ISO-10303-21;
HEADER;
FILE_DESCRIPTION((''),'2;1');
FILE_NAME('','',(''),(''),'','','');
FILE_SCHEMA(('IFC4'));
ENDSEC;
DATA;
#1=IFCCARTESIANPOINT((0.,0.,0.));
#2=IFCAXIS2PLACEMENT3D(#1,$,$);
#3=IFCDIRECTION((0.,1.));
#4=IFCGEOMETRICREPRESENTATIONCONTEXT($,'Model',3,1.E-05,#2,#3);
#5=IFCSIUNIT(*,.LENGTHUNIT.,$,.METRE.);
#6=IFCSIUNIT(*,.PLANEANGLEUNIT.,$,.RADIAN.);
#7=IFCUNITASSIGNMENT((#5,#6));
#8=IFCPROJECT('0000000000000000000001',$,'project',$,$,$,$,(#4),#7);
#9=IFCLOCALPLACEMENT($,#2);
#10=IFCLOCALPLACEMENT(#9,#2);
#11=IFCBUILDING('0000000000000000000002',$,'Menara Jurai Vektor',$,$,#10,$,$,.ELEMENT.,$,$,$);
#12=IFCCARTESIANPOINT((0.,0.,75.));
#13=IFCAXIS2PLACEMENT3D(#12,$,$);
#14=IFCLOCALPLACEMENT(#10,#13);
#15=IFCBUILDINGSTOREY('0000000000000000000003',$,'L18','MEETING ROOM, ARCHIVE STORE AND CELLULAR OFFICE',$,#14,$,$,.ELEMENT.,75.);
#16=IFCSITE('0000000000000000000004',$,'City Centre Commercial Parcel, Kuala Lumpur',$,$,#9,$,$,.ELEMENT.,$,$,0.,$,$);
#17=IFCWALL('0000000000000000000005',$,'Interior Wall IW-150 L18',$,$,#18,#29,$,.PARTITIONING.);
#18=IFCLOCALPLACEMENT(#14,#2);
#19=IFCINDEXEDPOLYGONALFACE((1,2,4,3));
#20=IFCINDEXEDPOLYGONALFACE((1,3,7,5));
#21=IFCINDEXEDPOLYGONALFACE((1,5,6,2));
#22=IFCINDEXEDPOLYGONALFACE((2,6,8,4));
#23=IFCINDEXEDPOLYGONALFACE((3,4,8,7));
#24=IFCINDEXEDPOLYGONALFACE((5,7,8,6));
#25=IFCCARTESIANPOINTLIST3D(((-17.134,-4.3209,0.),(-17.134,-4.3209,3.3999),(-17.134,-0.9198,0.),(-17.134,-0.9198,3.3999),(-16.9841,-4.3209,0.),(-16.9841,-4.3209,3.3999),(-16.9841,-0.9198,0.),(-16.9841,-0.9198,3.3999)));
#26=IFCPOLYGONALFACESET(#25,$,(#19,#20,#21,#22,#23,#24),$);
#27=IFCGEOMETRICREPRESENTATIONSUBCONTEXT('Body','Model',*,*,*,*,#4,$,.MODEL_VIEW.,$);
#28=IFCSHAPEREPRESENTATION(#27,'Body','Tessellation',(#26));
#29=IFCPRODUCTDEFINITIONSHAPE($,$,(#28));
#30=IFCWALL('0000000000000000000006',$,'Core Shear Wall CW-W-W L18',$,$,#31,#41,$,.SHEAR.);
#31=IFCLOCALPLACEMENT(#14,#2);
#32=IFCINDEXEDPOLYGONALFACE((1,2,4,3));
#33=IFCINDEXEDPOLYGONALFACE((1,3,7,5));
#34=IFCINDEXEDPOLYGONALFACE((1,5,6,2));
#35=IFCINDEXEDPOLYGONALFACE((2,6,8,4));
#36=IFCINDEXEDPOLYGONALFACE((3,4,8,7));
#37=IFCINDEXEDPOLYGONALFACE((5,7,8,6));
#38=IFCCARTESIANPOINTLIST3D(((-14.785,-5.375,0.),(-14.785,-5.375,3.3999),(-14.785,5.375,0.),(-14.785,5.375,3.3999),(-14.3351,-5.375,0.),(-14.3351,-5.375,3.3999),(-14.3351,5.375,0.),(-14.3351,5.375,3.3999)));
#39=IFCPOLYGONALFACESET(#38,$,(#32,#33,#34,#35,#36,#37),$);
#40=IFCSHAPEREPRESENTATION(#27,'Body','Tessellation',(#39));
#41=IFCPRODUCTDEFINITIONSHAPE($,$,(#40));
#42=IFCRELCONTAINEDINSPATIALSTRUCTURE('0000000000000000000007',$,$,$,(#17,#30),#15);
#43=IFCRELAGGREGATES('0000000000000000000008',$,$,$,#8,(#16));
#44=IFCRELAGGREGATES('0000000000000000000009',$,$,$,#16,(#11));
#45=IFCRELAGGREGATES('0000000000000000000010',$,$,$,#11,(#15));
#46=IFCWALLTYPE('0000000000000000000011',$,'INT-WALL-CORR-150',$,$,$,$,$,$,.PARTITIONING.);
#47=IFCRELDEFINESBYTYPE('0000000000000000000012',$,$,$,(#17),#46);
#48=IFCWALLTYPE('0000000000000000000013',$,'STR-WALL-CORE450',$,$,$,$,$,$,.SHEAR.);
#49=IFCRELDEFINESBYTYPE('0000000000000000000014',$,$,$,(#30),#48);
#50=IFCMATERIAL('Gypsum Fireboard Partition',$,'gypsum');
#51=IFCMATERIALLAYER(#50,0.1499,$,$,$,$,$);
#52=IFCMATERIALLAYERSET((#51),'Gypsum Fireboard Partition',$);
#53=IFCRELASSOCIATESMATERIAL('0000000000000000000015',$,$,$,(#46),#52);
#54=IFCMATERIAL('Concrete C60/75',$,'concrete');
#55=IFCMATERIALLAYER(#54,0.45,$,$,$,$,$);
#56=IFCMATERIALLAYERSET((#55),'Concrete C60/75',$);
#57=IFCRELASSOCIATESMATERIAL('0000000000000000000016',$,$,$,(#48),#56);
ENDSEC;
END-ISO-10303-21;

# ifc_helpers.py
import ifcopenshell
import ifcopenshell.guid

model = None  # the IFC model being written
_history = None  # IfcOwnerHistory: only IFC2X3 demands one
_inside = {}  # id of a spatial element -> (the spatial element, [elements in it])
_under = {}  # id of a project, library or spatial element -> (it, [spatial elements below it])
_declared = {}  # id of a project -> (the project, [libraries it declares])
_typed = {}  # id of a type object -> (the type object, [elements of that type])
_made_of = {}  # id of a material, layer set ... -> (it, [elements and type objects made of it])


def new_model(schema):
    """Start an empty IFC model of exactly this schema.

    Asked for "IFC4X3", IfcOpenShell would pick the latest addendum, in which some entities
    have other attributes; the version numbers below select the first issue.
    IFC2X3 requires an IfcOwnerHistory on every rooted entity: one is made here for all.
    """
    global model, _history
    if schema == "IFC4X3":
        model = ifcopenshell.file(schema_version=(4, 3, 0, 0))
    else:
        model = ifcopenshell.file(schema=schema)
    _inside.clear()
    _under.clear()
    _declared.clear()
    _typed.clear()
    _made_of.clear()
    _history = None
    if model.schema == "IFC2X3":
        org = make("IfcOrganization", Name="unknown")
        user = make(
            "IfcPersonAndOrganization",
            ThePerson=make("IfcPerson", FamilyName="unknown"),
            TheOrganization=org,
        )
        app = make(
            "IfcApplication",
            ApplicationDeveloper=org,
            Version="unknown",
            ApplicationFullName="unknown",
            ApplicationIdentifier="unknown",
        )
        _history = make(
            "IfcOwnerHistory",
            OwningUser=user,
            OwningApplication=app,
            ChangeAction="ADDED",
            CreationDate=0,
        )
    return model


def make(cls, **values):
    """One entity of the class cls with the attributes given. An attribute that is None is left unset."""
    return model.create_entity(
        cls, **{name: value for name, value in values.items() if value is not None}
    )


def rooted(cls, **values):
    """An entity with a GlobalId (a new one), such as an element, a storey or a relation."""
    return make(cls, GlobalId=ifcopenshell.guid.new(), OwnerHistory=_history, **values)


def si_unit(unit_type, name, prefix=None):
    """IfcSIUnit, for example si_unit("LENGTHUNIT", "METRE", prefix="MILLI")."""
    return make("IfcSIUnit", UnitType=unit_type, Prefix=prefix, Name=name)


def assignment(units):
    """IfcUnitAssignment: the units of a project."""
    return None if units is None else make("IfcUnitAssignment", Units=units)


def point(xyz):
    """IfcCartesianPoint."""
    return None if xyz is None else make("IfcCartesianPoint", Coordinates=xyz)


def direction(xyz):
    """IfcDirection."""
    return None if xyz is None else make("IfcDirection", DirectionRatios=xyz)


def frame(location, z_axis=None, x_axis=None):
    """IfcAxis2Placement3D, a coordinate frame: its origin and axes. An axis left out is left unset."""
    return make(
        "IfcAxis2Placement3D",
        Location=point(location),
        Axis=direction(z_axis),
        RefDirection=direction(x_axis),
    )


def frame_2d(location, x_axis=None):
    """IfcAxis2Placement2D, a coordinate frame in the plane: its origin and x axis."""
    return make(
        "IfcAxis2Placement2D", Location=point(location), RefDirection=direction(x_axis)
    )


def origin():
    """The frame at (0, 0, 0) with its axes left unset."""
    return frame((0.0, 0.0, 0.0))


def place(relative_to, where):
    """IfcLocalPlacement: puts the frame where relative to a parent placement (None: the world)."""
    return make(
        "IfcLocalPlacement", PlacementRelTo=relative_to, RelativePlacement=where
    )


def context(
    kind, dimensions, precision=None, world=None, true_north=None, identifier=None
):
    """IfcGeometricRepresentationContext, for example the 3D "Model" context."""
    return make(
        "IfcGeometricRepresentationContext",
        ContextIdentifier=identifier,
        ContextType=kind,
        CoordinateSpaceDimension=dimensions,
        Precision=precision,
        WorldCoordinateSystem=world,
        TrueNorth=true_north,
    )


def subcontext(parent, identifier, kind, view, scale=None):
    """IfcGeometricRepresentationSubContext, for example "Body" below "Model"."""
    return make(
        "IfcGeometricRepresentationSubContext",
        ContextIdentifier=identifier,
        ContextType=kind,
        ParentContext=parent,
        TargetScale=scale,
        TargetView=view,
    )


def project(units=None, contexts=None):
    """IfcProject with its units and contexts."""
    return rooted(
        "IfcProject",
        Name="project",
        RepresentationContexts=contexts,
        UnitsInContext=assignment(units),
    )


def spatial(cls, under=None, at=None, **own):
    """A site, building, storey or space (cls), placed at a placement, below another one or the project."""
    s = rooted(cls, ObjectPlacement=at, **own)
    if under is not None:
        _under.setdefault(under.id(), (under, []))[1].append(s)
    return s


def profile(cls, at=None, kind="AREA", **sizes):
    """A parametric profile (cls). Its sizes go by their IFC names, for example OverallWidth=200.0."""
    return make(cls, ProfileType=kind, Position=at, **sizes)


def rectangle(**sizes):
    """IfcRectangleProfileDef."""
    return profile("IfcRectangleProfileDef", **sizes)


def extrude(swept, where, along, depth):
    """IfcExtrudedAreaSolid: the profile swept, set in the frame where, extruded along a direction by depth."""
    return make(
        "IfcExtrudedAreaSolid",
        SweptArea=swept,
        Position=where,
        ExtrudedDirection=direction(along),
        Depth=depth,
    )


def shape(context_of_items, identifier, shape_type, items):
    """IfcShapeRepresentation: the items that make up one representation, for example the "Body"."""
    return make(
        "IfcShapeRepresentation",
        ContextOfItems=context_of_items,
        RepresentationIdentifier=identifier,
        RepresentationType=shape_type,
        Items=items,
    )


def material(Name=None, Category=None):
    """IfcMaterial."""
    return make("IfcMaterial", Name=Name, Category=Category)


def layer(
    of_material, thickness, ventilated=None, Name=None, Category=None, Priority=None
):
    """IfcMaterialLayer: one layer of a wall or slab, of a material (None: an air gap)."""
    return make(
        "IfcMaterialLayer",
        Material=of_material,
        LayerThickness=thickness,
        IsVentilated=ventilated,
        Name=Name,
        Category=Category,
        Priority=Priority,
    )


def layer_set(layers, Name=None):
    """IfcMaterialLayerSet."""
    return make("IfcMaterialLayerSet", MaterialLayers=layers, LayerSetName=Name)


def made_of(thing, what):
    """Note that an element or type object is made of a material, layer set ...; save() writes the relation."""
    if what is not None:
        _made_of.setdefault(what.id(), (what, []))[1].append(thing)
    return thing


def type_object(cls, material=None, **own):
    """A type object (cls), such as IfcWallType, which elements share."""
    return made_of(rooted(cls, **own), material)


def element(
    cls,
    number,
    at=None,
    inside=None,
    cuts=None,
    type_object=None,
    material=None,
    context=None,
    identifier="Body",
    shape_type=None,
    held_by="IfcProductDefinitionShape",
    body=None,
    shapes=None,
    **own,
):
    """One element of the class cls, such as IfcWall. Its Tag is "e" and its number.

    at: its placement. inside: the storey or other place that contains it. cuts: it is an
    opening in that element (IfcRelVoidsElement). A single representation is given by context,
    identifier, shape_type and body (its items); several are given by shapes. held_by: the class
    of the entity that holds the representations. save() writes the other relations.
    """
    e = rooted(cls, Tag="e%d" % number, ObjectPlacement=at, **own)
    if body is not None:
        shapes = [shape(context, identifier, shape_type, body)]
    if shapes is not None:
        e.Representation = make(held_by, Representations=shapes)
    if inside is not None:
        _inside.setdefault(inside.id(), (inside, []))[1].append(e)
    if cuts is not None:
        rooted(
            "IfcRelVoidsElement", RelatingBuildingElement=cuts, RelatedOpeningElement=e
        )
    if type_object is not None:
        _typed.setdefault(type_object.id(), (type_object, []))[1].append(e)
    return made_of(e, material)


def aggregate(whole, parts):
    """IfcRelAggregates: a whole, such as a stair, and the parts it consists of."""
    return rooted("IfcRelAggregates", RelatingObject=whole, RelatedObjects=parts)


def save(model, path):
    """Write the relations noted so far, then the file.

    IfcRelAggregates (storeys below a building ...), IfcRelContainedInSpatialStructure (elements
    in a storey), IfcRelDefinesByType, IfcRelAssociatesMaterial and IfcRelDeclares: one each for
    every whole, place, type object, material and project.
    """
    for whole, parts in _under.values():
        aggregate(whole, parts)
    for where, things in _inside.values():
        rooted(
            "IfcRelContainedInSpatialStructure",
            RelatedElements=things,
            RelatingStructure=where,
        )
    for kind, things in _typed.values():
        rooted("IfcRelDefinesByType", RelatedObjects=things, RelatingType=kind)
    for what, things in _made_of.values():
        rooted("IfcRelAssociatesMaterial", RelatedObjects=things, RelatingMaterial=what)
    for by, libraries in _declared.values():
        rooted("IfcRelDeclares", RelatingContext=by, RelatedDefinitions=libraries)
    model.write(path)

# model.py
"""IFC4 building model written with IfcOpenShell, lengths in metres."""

from ifc_helpers import new_model, si_unit, direction, frame, frame_2d, origin, place, context, subcontext, project, spatial, rectangle, extrude, material, layer, layer_set, type_object, element, save


model = new_model("IFC4")

# Units and contexts
model_context = context("Model", 3, precision=1e-05, world=origin(), true_north=direction((0.0, 1.0)))
body_context = subcontext(model_context, "Body", "Model", "MODEL_VIEW")
ifc_project = project(units=[si_unit("LENGTHUNIT", "METRE"), si_unit("PLANEANGLEUNIT", "RADIAN")], contexts=[model_context])

# Site, building, storey
site_placement = place(None, origin())
site = spatial("IfcSite", under=ifc_project, at=site_placement, Name="City Centre Commercial Parcel, Kuala Lumpur", CompositionType="ELEMENT", RefElevation=0.0)
building_placement = place(site_placement, origin())
building = spatial("IfcBuilding", under=site, at=building_placement, Name="Menara Jurai Vektor", CompositionType="ELEMENT")
storey_placement = place(building_placement, frame((0.0, 0.0, 75.0)))
storey = spatial("IfcBuildingStorey", under=building, at=storey_placement, Name="L18", Description="MEETING ROOM, ARCHIVE STORE AND CELLULAR OFFICE", CompositionType="ELEMENT", Elevation=75.0)

# Shared definitions
ifc_material_1 = material(Name="Concrete C60/75", Category="concrete")

# Wall
ifc_material_2 = material(Name="Gypsum Fireboard Partition", Category="gypsum")
ifc_layer_1 = layer(ifc_material_2, 0.1499)
ifc_layer_set_1 = layer_set([ifc_layer_1], Name="Gypsum Fireboard Partition")
wall_type_1 = type_object("IfcWallType", Name="INT-WALL-CORR-150", PredefinedType="PARTITIONING", material=ifc_layer_set_1)
wall_1_placement = place(storey_placement, frame((-17.0591, -4.321, 0.0), z_axis=(0.0, 0.0, 1.0), x_axis=(0.0, 1.0, 0.0)))
element("IfcWall", 1, at=wall_1_placement, inside=storey, type_object=wall_type_1, Name="Interior Wall IW-150 L18", PredefinedType="PARTITIONING", context=body_context, shape_type="SweptSolid", body=[
    extrude(rectangle(XDim=3.4011, YDim=0.1499, at=frame_2d((1.7007, 0.0))), origin(), (0.0, 0.0, 1.0), 3.3999),
])

# Wall
ifc_layer_2 = layer(ifc_material_1, 0.45)
ifc_layer_set_2 = layer_set([ifc_layer_2], Name="Concrete C60/75")
wall_type_2 = type_object("IfcWallType", Name="STR-WALL-CORE450", PredefinedType="SHEAR", material=ifc_layer_set_2)
wall_2_placement = place(storey_placement, frame((-14.5601, -5.375, 0.0), z_axis=(0.0, 0.0, 1.0), x_axis=(0.0, 1.0, 0.0)))
element("IfcWall", 2, at=wall_2_placement, inside=storey, type_object=wall_type_2, Name="Core Shear Wall CW-W-W L18", PredefinedType="SHEAR", context=body_context, shape_type="SweptSolid", body=[
    extrude(rectangle(XDim=10.75, YDim=0.45, at=frame_2d((5.375, 0.0))), origin(), (0.0, 0.0, 1.0), 3.3999),
])

save(model, "model.ifc")
